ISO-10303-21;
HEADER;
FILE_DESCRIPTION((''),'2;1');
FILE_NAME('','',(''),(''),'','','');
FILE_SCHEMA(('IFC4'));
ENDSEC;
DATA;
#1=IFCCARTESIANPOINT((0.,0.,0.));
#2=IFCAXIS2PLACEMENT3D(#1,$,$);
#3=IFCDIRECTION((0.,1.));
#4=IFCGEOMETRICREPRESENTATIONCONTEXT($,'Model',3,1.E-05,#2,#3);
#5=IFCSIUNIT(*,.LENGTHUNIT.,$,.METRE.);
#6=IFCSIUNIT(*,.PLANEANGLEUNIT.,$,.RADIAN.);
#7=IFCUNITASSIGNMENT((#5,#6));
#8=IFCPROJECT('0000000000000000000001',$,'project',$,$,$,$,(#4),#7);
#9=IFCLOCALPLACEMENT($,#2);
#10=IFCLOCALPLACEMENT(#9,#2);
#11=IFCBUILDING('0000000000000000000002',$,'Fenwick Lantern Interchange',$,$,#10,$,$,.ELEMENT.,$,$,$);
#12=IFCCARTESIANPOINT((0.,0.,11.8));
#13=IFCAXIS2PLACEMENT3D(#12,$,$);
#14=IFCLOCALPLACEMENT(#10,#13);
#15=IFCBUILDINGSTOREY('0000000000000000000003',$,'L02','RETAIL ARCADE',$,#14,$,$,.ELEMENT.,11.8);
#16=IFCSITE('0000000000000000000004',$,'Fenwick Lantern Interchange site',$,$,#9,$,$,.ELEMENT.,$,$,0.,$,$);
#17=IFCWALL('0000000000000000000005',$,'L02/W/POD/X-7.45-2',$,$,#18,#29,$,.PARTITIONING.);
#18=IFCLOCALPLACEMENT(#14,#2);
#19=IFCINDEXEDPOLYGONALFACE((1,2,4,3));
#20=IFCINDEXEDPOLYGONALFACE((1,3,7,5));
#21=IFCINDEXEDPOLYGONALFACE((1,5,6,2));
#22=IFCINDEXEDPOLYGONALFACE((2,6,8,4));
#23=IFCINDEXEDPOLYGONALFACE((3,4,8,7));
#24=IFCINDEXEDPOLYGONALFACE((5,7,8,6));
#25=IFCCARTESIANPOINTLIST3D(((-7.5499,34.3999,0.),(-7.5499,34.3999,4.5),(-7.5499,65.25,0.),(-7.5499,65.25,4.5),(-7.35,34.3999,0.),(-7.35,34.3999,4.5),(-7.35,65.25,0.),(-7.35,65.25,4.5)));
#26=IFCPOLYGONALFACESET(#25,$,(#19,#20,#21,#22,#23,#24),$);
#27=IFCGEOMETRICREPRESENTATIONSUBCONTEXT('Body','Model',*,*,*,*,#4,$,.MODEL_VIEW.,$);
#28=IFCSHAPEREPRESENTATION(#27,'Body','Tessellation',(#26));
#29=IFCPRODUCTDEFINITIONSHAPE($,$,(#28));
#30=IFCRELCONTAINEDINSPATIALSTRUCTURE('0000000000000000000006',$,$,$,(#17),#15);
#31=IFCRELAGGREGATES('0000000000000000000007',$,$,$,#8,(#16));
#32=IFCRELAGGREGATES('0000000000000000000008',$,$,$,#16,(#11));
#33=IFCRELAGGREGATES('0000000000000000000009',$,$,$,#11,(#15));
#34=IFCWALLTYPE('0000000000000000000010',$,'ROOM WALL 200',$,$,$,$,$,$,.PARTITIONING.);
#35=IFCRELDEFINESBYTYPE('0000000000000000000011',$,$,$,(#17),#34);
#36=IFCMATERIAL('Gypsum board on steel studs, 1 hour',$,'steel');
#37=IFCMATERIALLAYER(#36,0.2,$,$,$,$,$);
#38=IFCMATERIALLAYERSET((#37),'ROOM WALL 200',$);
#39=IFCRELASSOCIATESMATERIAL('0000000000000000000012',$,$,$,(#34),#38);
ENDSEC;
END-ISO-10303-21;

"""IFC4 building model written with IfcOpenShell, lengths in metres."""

from ifc_helpers import new_model, si_unit, direction, frame, frame_2d, origin, place, context, subcontext, project, spatial, rectangle, extrude, material, layer, layer_set, type_object, element, save


model = new_model("IFC4")

# Units and contexts
model_context = context("Model", 3, precision=1e-05, world=origin(), true_north=direction((0.0, 1.0)))
body_context = subcontext(model_context, "Body", "Model", "MODEL_VIEW")
ifc_project = project(units=[si_unit("LENGTHUNIT", "METRE"), si_unit("PLANEANGLEUNIT", "RADIAN")], contexts=[model_context])

# Site, building, storey
site_placement = place(None, origin())
site = spatial("IfcSite", under=ifc_project, at=site_placement, Name="Fenwick Lantern Interchange site", CompositionType="ELEMENT", RefElevation=0.0)
building_placement = place(site_placement, origin())
building = spatial("IfcBuilding", under=site, at=building_placement, Name="Fenwick Lantern Interchange", CompositionType="ELEMENT")
storey_placement = place(building_placement, frame((0.0, 0.0, 11.8)))
storey = spatial("IfcBuildingStorey", under=building, at=storey_placement, Name="L02", Description="RETAIL ARCADE", CompositionType="ELEMENT", Elevation=11.8)

# Wall
ifc_material_1 = material(Name="Gypsum board on steel studs, 1 hour", Category="steel")
ifc_layer_1 = layer(ifc_material_1, 0.2)
ifc_layer_set_1 = layer_set([ifc_layer_1], Name="ROOM WALL 200")
wall_type_1 = type_object("IfcWallType", Name="ROOM WALL 200", PredefinedType="PARTITIONING", material=ifc_layer_set_1)
wall_1_placement = place(storey_placement, frame((-7.45, 34.3999, 0.0), z_axis=(0.0, 0.0, 1.0), x_axis=(0.0, 1.0, 0.0)))
element("IfcWall", 1, at=wall_1_placement, inside=storey, type_object=wall_type_1, Name="L02/W/POD/X-7.45-2", PredefinedType="PARTITIONING", context=body_context, shape_type="SweptSolid", body=[
    extrude(rectangle(XDim=30.8501, YDim=0.2, at=frame_2d((15.425, 0.0))), origin(), (0.0, 0.0, 1.0), 4.5),
])

save(model, "model.ifc")
